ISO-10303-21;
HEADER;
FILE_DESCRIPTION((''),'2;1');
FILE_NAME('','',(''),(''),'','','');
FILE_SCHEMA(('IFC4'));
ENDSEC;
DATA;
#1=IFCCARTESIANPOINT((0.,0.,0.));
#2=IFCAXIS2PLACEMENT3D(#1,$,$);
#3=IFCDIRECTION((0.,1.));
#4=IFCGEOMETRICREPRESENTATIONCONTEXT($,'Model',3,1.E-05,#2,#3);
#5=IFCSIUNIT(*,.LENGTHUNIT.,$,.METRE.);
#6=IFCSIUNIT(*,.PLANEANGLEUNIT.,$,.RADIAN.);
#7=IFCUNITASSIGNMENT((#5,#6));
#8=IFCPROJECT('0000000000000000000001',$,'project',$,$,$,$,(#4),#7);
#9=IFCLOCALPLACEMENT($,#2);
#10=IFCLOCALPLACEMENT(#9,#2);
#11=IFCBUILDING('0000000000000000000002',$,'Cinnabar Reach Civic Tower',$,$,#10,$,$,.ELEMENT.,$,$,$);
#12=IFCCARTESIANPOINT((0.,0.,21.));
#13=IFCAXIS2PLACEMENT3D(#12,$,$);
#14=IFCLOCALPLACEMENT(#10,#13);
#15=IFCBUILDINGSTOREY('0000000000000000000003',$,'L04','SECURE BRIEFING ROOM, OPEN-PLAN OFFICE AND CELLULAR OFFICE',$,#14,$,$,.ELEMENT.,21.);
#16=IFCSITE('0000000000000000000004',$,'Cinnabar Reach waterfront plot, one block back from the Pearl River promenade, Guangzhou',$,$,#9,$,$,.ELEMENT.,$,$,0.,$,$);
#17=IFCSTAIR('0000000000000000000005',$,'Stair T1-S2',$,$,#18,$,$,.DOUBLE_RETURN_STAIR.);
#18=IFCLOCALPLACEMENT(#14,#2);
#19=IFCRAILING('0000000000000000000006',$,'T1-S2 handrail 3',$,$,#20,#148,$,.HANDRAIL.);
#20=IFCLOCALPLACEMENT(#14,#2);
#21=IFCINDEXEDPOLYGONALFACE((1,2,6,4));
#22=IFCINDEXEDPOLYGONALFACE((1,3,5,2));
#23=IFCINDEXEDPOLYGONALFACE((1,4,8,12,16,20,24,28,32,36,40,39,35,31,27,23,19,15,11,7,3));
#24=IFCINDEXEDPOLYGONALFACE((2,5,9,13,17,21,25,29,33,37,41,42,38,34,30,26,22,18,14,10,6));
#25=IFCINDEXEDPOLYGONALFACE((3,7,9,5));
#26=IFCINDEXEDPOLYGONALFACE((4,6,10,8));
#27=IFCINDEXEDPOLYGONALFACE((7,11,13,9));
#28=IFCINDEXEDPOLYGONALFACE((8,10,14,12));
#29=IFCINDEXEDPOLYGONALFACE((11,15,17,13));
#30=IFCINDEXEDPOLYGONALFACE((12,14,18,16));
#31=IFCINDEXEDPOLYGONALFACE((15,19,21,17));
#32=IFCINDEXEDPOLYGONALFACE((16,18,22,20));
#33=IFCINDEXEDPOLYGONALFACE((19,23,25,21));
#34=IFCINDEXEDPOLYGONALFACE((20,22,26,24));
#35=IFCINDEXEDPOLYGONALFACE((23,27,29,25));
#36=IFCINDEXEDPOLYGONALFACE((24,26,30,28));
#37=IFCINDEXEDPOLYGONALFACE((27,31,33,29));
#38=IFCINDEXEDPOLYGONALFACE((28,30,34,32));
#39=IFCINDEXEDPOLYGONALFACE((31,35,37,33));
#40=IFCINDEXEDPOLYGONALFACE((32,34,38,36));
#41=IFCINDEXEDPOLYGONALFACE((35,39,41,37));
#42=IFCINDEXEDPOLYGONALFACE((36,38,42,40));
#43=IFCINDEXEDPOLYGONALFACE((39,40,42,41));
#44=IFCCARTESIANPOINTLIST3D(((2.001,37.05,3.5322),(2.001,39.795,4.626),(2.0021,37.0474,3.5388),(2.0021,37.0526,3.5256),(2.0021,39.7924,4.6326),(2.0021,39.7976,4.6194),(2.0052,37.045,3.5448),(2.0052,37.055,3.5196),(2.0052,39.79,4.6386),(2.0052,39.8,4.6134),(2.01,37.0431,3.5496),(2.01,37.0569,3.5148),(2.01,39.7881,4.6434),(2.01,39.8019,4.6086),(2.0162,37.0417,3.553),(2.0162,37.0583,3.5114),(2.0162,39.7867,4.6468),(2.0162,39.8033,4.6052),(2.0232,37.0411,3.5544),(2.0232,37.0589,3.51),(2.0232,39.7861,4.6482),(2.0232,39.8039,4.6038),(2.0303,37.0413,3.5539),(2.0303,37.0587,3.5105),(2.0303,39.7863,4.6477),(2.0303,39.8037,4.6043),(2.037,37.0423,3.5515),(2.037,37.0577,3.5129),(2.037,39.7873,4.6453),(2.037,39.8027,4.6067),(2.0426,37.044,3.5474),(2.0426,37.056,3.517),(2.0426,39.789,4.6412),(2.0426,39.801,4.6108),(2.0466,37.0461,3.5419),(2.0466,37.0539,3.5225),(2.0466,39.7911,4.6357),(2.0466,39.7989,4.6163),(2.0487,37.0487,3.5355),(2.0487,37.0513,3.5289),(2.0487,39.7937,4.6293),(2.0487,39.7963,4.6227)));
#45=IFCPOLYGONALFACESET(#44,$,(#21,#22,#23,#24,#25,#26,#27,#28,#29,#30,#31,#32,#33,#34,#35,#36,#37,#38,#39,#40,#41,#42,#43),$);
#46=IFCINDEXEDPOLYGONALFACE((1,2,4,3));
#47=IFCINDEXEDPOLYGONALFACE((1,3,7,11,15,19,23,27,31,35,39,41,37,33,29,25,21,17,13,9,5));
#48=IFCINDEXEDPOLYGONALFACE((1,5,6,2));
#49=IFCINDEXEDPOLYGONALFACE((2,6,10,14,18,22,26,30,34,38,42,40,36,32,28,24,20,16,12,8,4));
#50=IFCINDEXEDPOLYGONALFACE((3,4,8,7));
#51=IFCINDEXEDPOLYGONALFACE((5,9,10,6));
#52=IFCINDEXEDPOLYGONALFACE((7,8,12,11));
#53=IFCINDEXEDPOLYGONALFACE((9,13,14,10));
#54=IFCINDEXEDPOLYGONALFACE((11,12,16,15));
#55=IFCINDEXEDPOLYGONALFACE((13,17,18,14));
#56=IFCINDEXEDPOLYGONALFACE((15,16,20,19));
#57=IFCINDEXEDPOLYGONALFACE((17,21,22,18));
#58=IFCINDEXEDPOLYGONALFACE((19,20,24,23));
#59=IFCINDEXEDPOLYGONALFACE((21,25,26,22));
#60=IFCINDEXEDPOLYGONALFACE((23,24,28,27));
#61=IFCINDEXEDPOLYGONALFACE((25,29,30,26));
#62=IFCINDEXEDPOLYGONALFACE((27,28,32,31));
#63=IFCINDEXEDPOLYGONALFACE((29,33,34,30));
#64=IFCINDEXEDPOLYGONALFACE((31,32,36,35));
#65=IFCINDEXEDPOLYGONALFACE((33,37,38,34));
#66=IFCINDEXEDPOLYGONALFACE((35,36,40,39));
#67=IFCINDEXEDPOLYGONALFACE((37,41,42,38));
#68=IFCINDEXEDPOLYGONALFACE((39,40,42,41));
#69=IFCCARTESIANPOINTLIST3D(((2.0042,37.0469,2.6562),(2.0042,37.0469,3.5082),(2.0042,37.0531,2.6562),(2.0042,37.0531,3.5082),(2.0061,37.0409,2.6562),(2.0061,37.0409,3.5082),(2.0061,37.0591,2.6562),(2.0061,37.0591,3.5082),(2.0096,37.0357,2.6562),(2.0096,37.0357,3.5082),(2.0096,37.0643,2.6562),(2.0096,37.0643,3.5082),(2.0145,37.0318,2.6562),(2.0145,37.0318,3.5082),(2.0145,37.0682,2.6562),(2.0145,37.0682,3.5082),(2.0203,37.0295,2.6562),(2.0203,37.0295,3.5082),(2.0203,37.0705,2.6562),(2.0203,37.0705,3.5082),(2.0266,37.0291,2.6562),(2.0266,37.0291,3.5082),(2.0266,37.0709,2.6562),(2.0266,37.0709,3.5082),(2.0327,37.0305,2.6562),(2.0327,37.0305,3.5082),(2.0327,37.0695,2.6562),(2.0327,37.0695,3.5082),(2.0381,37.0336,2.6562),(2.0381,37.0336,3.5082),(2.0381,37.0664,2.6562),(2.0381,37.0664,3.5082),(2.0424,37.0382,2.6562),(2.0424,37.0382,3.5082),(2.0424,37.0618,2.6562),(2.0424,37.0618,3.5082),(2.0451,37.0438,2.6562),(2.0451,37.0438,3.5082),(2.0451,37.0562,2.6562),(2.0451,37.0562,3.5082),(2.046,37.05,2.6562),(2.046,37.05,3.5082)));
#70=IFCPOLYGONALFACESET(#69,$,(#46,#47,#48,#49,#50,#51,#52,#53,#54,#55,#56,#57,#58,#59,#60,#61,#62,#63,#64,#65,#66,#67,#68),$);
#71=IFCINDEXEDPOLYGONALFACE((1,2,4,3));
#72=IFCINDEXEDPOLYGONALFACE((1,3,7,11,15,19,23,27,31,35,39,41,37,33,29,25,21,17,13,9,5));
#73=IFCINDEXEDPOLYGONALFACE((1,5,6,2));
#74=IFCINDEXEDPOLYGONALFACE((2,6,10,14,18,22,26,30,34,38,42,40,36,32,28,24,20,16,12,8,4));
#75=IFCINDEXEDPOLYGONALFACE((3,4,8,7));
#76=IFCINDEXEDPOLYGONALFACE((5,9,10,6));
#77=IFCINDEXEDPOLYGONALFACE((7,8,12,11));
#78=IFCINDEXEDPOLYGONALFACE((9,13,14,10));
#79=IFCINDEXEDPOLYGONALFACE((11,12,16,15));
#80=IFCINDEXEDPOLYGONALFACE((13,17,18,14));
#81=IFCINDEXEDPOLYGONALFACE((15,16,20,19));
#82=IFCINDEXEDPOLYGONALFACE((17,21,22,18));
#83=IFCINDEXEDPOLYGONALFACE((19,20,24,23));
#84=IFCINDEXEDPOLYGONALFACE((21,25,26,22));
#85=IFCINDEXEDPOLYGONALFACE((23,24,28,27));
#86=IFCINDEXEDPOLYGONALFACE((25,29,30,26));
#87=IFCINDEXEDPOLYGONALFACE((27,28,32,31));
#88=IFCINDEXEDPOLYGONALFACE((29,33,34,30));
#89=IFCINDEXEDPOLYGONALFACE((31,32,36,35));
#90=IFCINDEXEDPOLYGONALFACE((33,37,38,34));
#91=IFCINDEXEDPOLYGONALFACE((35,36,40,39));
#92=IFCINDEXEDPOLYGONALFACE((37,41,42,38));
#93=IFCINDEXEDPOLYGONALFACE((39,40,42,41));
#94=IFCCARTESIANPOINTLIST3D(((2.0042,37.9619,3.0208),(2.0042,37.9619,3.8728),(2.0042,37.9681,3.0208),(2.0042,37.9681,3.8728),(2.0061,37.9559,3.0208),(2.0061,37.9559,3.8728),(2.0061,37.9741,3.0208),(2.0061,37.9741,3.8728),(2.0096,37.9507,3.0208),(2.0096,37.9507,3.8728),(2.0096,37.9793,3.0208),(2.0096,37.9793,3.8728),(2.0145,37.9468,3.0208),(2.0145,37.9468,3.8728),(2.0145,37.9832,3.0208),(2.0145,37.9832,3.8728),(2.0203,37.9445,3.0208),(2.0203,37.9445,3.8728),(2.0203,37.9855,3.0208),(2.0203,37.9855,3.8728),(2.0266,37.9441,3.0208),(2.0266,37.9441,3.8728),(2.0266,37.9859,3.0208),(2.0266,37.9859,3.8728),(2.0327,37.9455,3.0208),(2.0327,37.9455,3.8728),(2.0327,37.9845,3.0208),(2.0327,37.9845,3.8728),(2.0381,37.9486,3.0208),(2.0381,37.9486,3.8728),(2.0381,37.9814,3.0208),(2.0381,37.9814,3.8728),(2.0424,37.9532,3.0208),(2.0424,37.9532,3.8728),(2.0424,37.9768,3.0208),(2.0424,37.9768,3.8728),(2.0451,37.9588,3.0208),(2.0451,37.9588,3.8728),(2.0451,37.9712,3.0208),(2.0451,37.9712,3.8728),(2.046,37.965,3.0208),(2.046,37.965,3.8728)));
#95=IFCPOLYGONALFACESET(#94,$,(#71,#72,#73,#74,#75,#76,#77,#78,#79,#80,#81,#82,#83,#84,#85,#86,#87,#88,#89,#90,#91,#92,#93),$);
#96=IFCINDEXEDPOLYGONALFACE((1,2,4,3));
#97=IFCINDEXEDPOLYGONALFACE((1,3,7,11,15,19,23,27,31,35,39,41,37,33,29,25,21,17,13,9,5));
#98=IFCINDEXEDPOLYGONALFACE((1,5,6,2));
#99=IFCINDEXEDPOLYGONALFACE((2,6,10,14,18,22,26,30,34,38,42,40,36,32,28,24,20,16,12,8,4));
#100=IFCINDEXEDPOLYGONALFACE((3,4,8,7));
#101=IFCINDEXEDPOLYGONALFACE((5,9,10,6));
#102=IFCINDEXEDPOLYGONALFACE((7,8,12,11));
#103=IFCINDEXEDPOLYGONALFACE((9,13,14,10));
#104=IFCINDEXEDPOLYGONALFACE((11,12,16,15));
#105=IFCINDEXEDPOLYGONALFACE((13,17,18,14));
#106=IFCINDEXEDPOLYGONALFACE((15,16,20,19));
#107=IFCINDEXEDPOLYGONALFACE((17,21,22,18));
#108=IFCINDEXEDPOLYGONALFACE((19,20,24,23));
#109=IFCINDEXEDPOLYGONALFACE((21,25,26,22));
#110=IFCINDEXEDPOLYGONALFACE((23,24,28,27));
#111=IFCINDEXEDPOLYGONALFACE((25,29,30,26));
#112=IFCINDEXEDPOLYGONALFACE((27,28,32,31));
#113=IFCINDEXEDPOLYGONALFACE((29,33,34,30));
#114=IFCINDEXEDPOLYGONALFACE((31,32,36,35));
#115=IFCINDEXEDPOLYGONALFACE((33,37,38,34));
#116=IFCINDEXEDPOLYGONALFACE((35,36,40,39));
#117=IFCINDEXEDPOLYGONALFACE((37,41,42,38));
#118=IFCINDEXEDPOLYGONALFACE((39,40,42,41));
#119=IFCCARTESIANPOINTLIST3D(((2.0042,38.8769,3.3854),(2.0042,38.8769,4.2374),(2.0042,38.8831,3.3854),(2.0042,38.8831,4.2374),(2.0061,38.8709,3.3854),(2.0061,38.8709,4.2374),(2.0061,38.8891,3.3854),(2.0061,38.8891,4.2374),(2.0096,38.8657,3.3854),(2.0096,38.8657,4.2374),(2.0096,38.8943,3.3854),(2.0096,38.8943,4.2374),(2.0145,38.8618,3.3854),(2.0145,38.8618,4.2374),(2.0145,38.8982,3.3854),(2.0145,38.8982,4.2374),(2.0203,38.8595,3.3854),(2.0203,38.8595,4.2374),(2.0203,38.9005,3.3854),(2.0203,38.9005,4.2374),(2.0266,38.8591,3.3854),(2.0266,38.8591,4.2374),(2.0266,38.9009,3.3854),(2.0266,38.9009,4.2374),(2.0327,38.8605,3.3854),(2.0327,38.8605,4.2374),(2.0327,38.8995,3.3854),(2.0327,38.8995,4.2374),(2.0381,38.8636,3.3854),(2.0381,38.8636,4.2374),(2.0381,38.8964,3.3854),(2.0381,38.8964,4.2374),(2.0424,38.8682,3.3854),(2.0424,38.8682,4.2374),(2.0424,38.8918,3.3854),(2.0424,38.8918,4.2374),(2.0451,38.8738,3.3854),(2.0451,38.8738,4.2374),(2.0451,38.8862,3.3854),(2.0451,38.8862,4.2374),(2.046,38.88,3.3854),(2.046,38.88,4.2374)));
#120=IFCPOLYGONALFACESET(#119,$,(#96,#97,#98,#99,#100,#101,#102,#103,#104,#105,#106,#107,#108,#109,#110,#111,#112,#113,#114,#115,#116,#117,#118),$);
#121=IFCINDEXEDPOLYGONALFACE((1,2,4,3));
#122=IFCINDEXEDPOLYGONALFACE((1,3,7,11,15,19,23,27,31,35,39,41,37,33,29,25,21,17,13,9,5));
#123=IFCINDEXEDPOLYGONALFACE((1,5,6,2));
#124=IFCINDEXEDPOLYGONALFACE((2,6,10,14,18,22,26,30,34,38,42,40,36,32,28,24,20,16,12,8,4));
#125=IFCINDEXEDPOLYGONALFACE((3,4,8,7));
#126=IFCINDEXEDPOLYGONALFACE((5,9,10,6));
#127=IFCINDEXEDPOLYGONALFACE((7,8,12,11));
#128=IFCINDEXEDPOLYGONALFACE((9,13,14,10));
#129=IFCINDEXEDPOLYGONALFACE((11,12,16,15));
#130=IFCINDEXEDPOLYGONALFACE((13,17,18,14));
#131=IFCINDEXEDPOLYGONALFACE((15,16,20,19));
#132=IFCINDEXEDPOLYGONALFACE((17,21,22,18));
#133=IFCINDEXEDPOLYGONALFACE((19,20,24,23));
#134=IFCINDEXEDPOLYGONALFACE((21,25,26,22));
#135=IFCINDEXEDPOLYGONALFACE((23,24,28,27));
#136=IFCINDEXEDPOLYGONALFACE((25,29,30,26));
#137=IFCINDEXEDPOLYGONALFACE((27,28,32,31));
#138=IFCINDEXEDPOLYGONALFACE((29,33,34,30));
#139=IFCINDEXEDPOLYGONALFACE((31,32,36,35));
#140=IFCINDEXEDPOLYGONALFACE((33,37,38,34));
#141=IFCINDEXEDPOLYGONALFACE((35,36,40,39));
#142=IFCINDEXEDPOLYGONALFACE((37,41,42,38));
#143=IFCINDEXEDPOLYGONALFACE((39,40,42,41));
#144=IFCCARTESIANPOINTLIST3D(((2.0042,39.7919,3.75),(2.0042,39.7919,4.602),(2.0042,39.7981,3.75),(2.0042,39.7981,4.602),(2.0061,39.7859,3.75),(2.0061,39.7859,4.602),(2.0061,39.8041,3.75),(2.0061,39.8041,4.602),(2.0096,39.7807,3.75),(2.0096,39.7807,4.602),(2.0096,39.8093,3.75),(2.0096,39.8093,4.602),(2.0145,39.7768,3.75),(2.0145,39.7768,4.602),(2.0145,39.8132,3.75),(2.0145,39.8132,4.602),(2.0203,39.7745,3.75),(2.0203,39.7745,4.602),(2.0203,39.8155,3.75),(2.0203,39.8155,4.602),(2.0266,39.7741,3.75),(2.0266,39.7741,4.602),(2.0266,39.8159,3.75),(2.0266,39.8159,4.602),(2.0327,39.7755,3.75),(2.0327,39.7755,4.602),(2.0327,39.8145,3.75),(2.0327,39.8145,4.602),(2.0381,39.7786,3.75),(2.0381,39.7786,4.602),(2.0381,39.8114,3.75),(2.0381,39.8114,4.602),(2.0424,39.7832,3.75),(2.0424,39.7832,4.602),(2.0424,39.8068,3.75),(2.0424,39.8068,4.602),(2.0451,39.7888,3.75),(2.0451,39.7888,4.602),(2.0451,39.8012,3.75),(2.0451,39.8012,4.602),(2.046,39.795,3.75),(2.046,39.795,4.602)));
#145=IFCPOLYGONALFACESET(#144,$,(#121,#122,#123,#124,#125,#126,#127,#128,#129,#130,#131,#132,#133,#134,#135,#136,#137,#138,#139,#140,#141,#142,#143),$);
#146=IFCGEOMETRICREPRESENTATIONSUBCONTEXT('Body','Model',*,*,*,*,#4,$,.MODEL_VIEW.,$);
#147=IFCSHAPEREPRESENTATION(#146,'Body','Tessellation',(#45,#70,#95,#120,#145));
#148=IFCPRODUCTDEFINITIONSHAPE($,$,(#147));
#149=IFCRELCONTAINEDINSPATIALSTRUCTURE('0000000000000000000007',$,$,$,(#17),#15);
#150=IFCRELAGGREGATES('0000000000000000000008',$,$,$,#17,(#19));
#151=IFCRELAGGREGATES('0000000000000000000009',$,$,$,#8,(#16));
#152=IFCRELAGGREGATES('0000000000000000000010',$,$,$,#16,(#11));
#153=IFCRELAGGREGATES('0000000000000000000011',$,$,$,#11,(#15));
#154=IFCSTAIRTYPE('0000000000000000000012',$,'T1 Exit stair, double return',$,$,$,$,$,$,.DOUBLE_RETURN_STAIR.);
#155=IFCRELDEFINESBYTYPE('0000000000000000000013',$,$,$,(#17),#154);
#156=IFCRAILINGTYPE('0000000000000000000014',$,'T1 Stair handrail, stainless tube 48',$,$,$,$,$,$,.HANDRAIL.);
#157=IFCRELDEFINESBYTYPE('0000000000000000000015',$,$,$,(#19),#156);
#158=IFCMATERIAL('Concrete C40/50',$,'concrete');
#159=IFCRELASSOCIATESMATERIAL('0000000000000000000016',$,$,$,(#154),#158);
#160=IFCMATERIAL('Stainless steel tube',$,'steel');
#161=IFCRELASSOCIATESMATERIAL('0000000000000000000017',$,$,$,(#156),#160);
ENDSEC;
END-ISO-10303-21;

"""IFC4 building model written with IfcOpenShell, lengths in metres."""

from ifc_helpers import new_model, si_unit, direction, frame, origin, origin_2d, place, context, subcontext, project, spatial, circle, extrude, material, type_object, element, aggregate, save


model = new_model("IFC4")

# Units and contexts
model_context = context("Model", 3, precision=1e-05, world=origin(), true_north=direction((0.0, 1.0)))
body_context = subcontext(model_context, "Body", "Model", "MODEL_VIEW")
ifc_project = project(units=[si_unit("LENGTHUNIT", "METRE"), si_unit("PLANEANGLEUNIT", "RADIAN")], contexts=[model_context])

# Site, building, storey
site_placement = place(None, origin())
site = spatial("IfcSite", under=ifc_project, at=site_placement, Name="Cinnabar Reach waterfront plot, one block back from the Pearl River promenade, Guangzhou", CompositionType="ELEMENT", RefElevation=0.0)
building_placement = place(site_placement, origin())
building = spatial("IfcBuilding", under=site, at=building_placement, Name="Cinnabar Reach Civic Tower", CompositionType="ELEMENT")
storey_placement = place(building_placement, frame((0.0, 0.0, 21.0)))
storey = spatial("IfcBuildingStorey", under=building, at=storey_placement, Name="L04", Description="SECURE BRIEFING ROOM, OPEN-PLAN OFFICE AND CELLULAR OFFICE", CompositionType="ELEMENT", Elevation=21.0)

# Stair
ifc_material_1 = material(Name="Concrete C40/50", Category="concrete")
stair_type = type_object("IfcStairType", Name="T1 Exit stair, double return", PredefinedType="DOUBLE_RETURN_STAIR", material=ifc_material_1)
stair_1_placement = place(storey_placement, origin())
stair_1 = element("IfcStair", 1, at=stair_1_placement, inside=storey, type_object=stair_type, Name="Stair T1-S2", PredefinedType="DOUBLE_RETURN_STAIR")

# Railing
ifc_material_2 = material(Name="Stainless steel tube", Category="steel")
railing_type_1 = type_object("IfcRailingType", Name="T1 Stair handrail, stainless tube 48", PredefinedType="HANDRAIL", material=ifc_material_2)
railing_1_placement = place(storey_placement, frame((2.025, 37.05, 2.6562)))
railing_1 = element("IfcRailing", 2, at=railing_1_placement, type_object=railing_type_1, Name="T1-S2 handrail 3", PredefinedType="HANDRAIL", context=body_context, shape_type="SweptSolid", body=[
    extrude(circle(Radius=0.024, at=origin_2d()), frame((0.0, 0.0, 0.876), z_axis=(0.0, 0.928966, 0.370165), x_axis=(-1.0, 0.0, 0.0)), (0.0, 0.0, 1.0), 2.9549),
    extrude(circle(Radius=0.021, at=origin_2d()), origin(), (0.0, 0.0, 1.0), 0.852),
    extrude(circle(Radius=0.021, at=origin_2d()), frame((0.0, 0.915, 0.3646)), (0.0, 0.0, 1.0), 0.852),
    extrude(circle(Radius=0.021, at=origin_2d()), frame((0.0, 1.83, 0.7292)), (0.0, 0.0, 1.0), 0.852),
    extrude(circle(Radius=0.021, at=origin_2d()), frame((0.0, 2.745, 1.0938)), (0.0, 0.0, 1.0), 0.852),
])
aggregate(stair_1, [railing_1])

save(model, "model.ifc")
